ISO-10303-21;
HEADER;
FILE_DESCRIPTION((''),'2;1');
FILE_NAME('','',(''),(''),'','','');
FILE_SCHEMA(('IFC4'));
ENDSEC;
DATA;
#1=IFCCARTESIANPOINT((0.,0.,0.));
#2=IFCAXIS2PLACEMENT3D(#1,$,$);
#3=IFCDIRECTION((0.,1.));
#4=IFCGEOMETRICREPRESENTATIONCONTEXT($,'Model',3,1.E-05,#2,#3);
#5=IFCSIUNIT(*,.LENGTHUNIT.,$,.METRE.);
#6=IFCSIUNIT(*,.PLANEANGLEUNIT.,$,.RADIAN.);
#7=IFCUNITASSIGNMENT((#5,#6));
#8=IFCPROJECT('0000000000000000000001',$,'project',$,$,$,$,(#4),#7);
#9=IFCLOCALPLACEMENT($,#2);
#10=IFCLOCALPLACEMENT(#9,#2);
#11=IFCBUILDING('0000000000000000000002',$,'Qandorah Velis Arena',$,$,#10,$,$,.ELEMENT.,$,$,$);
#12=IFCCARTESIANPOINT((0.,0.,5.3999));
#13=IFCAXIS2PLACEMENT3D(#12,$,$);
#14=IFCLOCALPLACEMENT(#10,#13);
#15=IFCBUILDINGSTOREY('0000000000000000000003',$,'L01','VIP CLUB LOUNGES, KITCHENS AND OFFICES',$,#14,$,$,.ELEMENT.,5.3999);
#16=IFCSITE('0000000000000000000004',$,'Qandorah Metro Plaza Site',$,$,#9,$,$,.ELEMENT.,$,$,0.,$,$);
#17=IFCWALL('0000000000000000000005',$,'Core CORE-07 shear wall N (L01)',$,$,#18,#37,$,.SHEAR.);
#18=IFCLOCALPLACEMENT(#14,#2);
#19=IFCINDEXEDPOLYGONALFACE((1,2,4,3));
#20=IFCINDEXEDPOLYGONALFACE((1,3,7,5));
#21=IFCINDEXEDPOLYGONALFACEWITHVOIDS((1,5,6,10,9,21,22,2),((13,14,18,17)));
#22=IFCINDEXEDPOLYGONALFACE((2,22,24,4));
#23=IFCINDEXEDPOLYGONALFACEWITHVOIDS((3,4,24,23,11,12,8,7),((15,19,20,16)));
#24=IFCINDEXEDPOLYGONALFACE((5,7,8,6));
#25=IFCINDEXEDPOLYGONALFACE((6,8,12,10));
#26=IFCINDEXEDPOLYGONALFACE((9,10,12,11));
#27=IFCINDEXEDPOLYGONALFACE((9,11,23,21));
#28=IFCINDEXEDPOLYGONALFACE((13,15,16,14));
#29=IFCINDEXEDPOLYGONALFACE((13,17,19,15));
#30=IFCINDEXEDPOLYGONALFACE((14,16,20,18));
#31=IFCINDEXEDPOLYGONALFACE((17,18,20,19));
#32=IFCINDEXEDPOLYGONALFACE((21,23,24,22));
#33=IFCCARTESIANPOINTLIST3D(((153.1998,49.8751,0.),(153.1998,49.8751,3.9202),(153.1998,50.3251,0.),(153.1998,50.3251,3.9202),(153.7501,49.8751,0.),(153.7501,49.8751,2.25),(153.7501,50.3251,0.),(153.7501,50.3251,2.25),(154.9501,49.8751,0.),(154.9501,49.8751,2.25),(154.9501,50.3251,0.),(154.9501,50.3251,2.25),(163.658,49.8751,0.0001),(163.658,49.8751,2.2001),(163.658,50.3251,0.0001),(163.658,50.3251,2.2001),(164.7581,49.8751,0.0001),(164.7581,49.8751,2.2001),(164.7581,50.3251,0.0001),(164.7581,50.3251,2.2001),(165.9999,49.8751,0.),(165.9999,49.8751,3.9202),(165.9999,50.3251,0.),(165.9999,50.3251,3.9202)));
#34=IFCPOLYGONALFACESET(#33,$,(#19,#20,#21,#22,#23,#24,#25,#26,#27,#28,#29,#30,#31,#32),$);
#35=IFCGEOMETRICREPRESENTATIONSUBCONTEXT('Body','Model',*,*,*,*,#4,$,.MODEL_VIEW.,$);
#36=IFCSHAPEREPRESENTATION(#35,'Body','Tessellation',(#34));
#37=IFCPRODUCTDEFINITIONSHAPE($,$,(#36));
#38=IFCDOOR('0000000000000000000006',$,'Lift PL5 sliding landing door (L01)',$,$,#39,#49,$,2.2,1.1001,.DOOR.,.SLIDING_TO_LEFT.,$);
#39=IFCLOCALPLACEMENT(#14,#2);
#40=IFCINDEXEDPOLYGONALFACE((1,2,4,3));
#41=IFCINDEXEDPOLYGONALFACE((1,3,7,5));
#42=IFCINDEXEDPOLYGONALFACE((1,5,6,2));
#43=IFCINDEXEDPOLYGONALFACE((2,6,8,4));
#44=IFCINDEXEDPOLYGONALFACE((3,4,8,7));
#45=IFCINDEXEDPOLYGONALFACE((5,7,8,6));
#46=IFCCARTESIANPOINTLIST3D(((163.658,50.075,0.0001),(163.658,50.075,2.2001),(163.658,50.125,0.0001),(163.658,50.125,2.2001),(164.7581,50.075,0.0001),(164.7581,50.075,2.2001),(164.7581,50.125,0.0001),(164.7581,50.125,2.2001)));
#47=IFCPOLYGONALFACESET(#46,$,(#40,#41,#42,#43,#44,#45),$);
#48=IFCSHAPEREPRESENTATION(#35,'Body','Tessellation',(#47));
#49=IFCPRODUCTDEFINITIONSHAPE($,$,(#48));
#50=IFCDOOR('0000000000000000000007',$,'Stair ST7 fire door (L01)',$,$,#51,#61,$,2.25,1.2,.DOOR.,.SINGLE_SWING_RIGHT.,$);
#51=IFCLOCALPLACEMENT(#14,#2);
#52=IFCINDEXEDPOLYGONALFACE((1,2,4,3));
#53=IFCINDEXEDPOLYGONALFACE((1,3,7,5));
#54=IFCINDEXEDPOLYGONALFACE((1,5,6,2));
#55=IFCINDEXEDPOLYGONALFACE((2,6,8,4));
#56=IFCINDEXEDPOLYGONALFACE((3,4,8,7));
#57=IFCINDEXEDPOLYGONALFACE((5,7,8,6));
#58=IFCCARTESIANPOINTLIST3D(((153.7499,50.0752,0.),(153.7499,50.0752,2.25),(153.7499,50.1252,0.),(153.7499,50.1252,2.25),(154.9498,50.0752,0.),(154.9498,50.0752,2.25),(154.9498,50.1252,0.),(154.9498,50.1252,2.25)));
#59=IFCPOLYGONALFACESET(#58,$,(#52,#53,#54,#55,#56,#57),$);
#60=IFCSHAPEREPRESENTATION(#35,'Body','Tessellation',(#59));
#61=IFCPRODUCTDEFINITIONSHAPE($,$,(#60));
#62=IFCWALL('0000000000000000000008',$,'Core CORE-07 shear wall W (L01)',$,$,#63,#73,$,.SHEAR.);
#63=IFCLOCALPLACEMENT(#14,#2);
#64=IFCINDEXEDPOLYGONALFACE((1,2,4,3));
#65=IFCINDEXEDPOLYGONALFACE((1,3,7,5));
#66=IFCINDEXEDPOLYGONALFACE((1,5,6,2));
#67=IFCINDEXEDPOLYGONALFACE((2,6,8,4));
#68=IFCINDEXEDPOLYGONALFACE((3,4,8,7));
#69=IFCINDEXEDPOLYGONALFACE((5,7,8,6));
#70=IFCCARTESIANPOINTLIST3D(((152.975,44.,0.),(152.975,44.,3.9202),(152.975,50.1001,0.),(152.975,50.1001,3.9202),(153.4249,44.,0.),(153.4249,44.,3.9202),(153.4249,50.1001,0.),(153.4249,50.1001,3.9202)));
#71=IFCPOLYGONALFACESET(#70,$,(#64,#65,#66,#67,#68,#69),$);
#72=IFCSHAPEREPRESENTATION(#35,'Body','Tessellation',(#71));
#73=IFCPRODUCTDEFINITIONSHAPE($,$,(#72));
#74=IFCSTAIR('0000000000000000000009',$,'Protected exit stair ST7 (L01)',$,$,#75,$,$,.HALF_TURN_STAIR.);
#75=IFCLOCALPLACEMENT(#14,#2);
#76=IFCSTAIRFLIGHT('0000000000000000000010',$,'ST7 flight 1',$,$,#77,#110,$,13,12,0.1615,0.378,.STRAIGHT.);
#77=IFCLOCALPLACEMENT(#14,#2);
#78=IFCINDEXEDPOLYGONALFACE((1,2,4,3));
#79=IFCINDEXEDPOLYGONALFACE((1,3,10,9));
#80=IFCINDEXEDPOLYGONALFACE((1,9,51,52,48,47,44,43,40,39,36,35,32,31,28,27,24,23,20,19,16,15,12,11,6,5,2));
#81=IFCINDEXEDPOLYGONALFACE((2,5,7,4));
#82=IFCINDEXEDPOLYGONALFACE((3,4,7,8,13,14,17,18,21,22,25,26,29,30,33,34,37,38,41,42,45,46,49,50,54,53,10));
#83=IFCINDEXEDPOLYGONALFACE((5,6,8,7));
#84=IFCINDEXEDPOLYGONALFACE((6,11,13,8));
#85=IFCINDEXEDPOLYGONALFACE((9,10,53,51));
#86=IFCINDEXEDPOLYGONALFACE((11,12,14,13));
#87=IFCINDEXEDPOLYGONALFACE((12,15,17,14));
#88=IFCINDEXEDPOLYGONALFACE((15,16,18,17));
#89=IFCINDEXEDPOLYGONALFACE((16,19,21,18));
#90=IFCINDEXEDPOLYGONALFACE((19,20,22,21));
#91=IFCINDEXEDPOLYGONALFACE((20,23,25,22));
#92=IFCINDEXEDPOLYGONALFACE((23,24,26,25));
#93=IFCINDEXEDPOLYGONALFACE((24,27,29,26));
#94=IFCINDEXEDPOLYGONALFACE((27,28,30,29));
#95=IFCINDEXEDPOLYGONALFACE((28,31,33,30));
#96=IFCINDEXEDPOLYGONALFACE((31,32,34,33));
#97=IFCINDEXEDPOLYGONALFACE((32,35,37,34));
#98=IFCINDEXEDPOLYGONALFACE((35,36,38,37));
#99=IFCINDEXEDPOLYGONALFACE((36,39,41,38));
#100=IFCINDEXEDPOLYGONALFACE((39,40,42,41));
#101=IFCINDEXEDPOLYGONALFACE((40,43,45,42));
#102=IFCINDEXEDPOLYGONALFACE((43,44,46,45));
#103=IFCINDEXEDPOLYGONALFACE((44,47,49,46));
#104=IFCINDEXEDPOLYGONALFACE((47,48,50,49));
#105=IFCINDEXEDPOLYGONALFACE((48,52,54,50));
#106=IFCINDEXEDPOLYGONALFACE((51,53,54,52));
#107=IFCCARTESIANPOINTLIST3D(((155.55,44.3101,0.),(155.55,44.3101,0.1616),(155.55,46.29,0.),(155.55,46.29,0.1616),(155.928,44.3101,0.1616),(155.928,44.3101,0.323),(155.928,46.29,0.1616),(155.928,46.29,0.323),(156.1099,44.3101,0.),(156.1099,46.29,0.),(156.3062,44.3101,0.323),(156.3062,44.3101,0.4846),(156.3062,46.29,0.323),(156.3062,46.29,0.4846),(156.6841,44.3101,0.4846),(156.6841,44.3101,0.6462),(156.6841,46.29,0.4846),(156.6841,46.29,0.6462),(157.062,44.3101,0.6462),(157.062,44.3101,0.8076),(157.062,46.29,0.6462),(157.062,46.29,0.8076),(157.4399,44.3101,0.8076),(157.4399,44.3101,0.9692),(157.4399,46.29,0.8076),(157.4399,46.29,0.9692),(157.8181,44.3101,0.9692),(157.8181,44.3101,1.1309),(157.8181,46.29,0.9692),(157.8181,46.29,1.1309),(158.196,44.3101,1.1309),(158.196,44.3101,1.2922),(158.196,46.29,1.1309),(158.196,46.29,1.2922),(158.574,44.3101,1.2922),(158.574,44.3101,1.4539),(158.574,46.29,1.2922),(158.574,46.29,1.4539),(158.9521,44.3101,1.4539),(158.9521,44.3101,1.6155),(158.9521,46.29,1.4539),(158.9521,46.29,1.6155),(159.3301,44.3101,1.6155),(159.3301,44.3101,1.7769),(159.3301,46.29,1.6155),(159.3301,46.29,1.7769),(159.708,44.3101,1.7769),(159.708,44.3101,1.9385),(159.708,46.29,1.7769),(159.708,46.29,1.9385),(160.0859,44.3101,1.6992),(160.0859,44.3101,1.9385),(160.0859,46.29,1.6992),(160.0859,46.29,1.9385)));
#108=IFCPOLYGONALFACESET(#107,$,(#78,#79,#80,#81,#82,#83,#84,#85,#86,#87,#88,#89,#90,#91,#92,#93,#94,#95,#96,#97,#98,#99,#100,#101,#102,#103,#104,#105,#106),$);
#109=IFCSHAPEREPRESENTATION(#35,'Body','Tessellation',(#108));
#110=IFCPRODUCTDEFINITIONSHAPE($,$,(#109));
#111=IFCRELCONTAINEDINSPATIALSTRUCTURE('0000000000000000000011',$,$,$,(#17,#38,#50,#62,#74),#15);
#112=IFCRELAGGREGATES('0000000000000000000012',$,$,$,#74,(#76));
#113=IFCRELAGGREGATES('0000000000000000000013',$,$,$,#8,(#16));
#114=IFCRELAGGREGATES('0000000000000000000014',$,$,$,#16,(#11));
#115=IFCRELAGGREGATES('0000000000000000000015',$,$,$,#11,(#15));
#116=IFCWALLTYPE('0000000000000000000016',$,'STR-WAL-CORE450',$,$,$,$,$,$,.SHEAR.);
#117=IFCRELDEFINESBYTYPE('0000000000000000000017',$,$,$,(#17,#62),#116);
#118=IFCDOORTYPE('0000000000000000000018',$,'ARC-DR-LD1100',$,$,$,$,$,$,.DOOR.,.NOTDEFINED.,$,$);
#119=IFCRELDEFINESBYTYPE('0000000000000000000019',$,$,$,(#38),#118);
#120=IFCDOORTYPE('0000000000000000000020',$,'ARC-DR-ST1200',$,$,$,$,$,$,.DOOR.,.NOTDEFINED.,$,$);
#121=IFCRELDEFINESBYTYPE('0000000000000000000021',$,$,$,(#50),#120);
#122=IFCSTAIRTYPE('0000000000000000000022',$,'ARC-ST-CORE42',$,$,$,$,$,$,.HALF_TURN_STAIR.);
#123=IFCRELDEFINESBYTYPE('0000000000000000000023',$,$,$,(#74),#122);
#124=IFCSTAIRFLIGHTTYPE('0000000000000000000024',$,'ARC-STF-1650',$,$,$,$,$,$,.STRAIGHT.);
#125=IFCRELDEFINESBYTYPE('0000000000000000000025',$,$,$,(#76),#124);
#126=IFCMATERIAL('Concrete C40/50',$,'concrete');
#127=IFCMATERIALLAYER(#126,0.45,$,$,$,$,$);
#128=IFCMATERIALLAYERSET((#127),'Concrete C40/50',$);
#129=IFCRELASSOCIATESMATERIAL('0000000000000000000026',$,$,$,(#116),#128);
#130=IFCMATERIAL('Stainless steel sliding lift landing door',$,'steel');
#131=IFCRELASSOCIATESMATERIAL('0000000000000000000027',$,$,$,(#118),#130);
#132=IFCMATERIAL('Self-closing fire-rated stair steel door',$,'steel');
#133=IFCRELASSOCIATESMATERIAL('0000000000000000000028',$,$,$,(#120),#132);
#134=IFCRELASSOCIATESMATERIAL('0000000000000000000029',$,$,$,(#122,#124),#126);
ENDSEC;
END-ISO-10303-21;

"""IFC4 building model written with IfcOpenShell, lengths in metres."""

from ifc_helpers import new_model, si_unit, direction, frame, frame_2d, origin, place, context, subcontext, project, spatial, polyline, rectangle, outline, extrude, material, layer, layer_set, type_object, element, fill, aggregate, save


model = new_model("IFC4")

# Units and contexts
model_context = context("Model", 3, precision=1e-05, world=origin(), true_north=direction((0.0, 1.0)))
body_context = subcontext(model_context, "Body", "Model", "MODEL_VIEW")
ifc_project = project(units=[si_unit("LENGTHUNIT", "METRE"), si_unit("PLANEANGLEUNIT", "RADIAN")], contexts=[model_context])

# Site, building, storey
site_placement = place(None, origin())
site = spatial("IfcSite", under=ifc_project, at=site_placement, Name="Qandorah Metro Plaza Site", CompositionType="ELEMENT", RefElevation=0.0)
building_placement = place(site_placement, origin())
building = spatial("IfcBuilding", under=site, at=building_placement, Name="Qandorah Velis Arena", CompositionType="ELEMENT")
storey_placement = place(building_placement, frame((0.0, 0.0, 5.3999)))
storey = spatial("IfcBuildingStorey", under=building, at=storey_placement, Name="L01", Description="VIP CLUB LOUNGES, KITCHENS AND OFFICES", CompositionType="ELEMENT", Elevation=5.3999)

# Shared definitions
ifc_material_1 = material(Name="Concrete C40/50", Category="concrete")

# Shared definitions
ifc_layer_1 = layer(ifc_material_1, 0.45)
ifc_layer_set_1 = layer_set([ifc_layer_1], Name="Concrete C40/50")
wall_type_1 = type_object("IfcWallType", Name="STR-WAL-CORE450", PredefinedType="SHEAR", material=ifc_layer_set_1)

# Wall, openings, doors
wall_1_placement = place(storey_placement, frame((153.2, 50.1001, 0.0), z_axis=(0.0, 0.0, 1.0), x_axis=(1.0, 0.0, 0.0)))
wall_1 = element("IfcWall", 1, at=wall_1_placement, inside=storey, type_object=wall_type_1, Name="Core CORE-07 shear wall N (L01)", PredefinedType="SHEAR", context=body_context, shape_type="SweptSolid", body=[
    extrude(rectangle(XDim=12.8, YDim=0.45, at=frame_2d((6.3999, 0.0))), origin(), (0.0, 0.0, 1.0), 3.9202),
])
opening_1_placement = place(wall_1_placement, frame((0.55, 0.0, 0.0)))
opening_1 = element("IfcOpeningElement", 2, at=opening_1_placement, cuts=wall_1, PredefinedType="OPENING", context=body_context, shape_type="SweptSolid", body=[
    extrude(rectangle(XDim=1.2, YDim=2.25, at=frame_2d((0.6001, 1.125))), frame((0.0, 0.2349, 0.0), z_axis=(0.0, -1.0, 0.0), x_axis=(1.0, 0.0, 0.0)), (0.0, 0.0, 1.0), 0.47),
])
opening_2_placement = place(wall_1_placement, frame((10.458, 0.0, 0.0)))
opening_2 = element("IfcOpeningElement", 3, at=opening_2_placement, cuts=wall_1, PredefinedType="OPENING", context=body_context, shape_type="SweptSolid", body=[
    extrude(rectangle(XDim=1.1001, YDim=2.2, at=frame_2d((0.55, 1.1001))), frame((0.0, 0.2349, 0.0), z_axis=(0.0, -1.0, 0.0), x_axis=(1.0, 0.0, 0.0)), (0.0, 0.0, 1.0), 0.47),
])
ifc_material_2 = material(Name="Stainless steel sliding lift landing door", Category="steel")
door_type_1 = type_object("IfcDoorType", Name="ARC-DR-LD1100", OperationType="NOTDEFINED", PredefinedType="DOOR", material=ifc_material_2)
door_1_placement = place(opening_2_placement, origin())
door_1 = element("IfcDoor", 4, at=door_1_placement, inside=storey, type_object=door_type_1, Name="Lift PL5 sliding landing door (L01)", OperationType="SLIDING_TO_LEFT", OverallHeight=2.2, OverallWidth=1.1001, PredefinedType="DOOR", context=body_context, shape_type="SweptSolid", body=[
    extrude(rectangle(XDim=1.1001, YDim=2.2, at=frame_2d((0.55, 1.1001))), frame((0.0, 0.0249, 0.0), z_axis=(0.0, -1.0, 0.0), x_axis=(1.0, 0.0, 0.0)), (0.0, 0.0, 1.0), 0.05),
])
fill(opening_2, door_1)
ifc_material_3 = material(Name="Self-closing fire-rated stair steel door", Category="steel")
door_type_2 = type_object("IfcDoorType", Name="ARC-DR-ST1200", OperationType="NOTDEFINED", PredefinedType="DOOR", material=ifc_material_3)
door_2_placement = place(opening_1_placement, frame((1.2, 0.0, 0.0), z_axis=(0.0, 0.0, 1.0), x_axis=(-1.0, 0.0, 0.0)))
door_2 = element("IfcDoor", 5, at=door_2_placement, inside=storey, type_object=door_type_2, Name="Stair ST7 fire door (L01)", OperationType="SINGLE_SWING_RIGHT", OverallHeight=2.25, OverallWidth=1.2, PredefinedType="DOOR", context=body_context, shape_type="SweptSolid", body=[
    extrude(rectangle(XDim=1.2, YDim=2.25, at=frame_2d((0.6001, 1.125))), frame((0.0, 0.0249, 0.0), z_axis=(0.0, -1.0, 0.0), x_axis=(1.0, 0.0, 0.0)), (0.0, 0.0, 1.0), 0.05),
])
fill(opening_1, door_2)

# Wall
wall_2_placement = place(storey_placement, frame((153.2, 44.0, 0.0), z_axis=(0.0, 0.0, 1.0), x_axis=(0.0, 1.0, 0.0)))
element("IfcWall", 6, at=wall_2_placement, inside=storey, type_object=wall_type_1, Name="Core CORE-07 shear wall W (L01)", PredefinedType="SHEAR", context=body_context, shape_type="SweptSolid", body=[
    extrude(rectangle(XDim=6.1001, YDim=0.45, at=frame_2d((3.05, 0.0))), origin(), (0.0, 0.0, 1.0), 3.9202),
])

# Stair, stair flight
stair_type = type_object("IfcStairType", Name="ARC-ST-CORE42", PredefinedType="HALF_TURN_STAIR", material=ifc_material_1)
stair_placement = place(storey_placement, origin())
stair = element("IfcStair", 7, at=stair_placement, inside=storey, type_object=stair_type, Name="Protected exit stair ST7 (L01)", PredefinedType="HALF_TURN_STAIR")
stair_flight_type = type_object("IfcStairFlightType", Name="ARC-STF-1650", PredefinedType="STRAIGHT", material=ifc_material_1)
stair_flight_placement = place(storey_placement, frame((155.55, 45.3, 0.0), z_axis=(0.0, 0.0, 1.0), x_axis=(1.0, 0.0, 0.0)))
stair_flight = element("IfcStairFlight", 8, at=stair_flight_placement, type_object=stair_flight_type, Name="ST7 flight 1", NumberOfRisers=13, NumberOfTreads=12, PredefinedType="STRAIGHT", RiserHeight=0.1615, TreadLength=0.378, context=body_context, shape_type="SweptSolid", body=[
    extrude(outline(polyline([(0.0, 0.0), (0.0, 0.1616), (0.3779, 0.1616), (0.3779, 0.323), (0.7561, 0.323), (0.7561, 0.4846), (1.134, 0.4846), (1.134, 0.6462), (1.512, 0.6462), (1.512, 0.8076), (1.8899, 0.8076), (1.8899, 0.9692), (2.2681, 0.9692), (2.2681, 1.1309), (2.646, 1.1309), (2.646, 1.2922), (3.0239, 1.2922), (3.0239, 1.4539), (3.4021, 1.4539), (3.4021, 1.6155), (3.78, 1.6155), (3.78, 1.7769), (4.158, 1.7769), (4.158, 1.9385), (4.5359, 1.9385), (4.5359, 2.1001), (4.5359, 1.6992), (0.5598, 0.0), (0.0, 0.0)])), frame((0.0, 0.99, 0.0), z_axis=(0.0, -1.0, 0.0), x_axis=(1.0, 0.0, 0.0)), (0.0, 0.0, 1.0), 1.98),
])
aggregate(stair, [stair_flight])

save(model, "model.ifc")
